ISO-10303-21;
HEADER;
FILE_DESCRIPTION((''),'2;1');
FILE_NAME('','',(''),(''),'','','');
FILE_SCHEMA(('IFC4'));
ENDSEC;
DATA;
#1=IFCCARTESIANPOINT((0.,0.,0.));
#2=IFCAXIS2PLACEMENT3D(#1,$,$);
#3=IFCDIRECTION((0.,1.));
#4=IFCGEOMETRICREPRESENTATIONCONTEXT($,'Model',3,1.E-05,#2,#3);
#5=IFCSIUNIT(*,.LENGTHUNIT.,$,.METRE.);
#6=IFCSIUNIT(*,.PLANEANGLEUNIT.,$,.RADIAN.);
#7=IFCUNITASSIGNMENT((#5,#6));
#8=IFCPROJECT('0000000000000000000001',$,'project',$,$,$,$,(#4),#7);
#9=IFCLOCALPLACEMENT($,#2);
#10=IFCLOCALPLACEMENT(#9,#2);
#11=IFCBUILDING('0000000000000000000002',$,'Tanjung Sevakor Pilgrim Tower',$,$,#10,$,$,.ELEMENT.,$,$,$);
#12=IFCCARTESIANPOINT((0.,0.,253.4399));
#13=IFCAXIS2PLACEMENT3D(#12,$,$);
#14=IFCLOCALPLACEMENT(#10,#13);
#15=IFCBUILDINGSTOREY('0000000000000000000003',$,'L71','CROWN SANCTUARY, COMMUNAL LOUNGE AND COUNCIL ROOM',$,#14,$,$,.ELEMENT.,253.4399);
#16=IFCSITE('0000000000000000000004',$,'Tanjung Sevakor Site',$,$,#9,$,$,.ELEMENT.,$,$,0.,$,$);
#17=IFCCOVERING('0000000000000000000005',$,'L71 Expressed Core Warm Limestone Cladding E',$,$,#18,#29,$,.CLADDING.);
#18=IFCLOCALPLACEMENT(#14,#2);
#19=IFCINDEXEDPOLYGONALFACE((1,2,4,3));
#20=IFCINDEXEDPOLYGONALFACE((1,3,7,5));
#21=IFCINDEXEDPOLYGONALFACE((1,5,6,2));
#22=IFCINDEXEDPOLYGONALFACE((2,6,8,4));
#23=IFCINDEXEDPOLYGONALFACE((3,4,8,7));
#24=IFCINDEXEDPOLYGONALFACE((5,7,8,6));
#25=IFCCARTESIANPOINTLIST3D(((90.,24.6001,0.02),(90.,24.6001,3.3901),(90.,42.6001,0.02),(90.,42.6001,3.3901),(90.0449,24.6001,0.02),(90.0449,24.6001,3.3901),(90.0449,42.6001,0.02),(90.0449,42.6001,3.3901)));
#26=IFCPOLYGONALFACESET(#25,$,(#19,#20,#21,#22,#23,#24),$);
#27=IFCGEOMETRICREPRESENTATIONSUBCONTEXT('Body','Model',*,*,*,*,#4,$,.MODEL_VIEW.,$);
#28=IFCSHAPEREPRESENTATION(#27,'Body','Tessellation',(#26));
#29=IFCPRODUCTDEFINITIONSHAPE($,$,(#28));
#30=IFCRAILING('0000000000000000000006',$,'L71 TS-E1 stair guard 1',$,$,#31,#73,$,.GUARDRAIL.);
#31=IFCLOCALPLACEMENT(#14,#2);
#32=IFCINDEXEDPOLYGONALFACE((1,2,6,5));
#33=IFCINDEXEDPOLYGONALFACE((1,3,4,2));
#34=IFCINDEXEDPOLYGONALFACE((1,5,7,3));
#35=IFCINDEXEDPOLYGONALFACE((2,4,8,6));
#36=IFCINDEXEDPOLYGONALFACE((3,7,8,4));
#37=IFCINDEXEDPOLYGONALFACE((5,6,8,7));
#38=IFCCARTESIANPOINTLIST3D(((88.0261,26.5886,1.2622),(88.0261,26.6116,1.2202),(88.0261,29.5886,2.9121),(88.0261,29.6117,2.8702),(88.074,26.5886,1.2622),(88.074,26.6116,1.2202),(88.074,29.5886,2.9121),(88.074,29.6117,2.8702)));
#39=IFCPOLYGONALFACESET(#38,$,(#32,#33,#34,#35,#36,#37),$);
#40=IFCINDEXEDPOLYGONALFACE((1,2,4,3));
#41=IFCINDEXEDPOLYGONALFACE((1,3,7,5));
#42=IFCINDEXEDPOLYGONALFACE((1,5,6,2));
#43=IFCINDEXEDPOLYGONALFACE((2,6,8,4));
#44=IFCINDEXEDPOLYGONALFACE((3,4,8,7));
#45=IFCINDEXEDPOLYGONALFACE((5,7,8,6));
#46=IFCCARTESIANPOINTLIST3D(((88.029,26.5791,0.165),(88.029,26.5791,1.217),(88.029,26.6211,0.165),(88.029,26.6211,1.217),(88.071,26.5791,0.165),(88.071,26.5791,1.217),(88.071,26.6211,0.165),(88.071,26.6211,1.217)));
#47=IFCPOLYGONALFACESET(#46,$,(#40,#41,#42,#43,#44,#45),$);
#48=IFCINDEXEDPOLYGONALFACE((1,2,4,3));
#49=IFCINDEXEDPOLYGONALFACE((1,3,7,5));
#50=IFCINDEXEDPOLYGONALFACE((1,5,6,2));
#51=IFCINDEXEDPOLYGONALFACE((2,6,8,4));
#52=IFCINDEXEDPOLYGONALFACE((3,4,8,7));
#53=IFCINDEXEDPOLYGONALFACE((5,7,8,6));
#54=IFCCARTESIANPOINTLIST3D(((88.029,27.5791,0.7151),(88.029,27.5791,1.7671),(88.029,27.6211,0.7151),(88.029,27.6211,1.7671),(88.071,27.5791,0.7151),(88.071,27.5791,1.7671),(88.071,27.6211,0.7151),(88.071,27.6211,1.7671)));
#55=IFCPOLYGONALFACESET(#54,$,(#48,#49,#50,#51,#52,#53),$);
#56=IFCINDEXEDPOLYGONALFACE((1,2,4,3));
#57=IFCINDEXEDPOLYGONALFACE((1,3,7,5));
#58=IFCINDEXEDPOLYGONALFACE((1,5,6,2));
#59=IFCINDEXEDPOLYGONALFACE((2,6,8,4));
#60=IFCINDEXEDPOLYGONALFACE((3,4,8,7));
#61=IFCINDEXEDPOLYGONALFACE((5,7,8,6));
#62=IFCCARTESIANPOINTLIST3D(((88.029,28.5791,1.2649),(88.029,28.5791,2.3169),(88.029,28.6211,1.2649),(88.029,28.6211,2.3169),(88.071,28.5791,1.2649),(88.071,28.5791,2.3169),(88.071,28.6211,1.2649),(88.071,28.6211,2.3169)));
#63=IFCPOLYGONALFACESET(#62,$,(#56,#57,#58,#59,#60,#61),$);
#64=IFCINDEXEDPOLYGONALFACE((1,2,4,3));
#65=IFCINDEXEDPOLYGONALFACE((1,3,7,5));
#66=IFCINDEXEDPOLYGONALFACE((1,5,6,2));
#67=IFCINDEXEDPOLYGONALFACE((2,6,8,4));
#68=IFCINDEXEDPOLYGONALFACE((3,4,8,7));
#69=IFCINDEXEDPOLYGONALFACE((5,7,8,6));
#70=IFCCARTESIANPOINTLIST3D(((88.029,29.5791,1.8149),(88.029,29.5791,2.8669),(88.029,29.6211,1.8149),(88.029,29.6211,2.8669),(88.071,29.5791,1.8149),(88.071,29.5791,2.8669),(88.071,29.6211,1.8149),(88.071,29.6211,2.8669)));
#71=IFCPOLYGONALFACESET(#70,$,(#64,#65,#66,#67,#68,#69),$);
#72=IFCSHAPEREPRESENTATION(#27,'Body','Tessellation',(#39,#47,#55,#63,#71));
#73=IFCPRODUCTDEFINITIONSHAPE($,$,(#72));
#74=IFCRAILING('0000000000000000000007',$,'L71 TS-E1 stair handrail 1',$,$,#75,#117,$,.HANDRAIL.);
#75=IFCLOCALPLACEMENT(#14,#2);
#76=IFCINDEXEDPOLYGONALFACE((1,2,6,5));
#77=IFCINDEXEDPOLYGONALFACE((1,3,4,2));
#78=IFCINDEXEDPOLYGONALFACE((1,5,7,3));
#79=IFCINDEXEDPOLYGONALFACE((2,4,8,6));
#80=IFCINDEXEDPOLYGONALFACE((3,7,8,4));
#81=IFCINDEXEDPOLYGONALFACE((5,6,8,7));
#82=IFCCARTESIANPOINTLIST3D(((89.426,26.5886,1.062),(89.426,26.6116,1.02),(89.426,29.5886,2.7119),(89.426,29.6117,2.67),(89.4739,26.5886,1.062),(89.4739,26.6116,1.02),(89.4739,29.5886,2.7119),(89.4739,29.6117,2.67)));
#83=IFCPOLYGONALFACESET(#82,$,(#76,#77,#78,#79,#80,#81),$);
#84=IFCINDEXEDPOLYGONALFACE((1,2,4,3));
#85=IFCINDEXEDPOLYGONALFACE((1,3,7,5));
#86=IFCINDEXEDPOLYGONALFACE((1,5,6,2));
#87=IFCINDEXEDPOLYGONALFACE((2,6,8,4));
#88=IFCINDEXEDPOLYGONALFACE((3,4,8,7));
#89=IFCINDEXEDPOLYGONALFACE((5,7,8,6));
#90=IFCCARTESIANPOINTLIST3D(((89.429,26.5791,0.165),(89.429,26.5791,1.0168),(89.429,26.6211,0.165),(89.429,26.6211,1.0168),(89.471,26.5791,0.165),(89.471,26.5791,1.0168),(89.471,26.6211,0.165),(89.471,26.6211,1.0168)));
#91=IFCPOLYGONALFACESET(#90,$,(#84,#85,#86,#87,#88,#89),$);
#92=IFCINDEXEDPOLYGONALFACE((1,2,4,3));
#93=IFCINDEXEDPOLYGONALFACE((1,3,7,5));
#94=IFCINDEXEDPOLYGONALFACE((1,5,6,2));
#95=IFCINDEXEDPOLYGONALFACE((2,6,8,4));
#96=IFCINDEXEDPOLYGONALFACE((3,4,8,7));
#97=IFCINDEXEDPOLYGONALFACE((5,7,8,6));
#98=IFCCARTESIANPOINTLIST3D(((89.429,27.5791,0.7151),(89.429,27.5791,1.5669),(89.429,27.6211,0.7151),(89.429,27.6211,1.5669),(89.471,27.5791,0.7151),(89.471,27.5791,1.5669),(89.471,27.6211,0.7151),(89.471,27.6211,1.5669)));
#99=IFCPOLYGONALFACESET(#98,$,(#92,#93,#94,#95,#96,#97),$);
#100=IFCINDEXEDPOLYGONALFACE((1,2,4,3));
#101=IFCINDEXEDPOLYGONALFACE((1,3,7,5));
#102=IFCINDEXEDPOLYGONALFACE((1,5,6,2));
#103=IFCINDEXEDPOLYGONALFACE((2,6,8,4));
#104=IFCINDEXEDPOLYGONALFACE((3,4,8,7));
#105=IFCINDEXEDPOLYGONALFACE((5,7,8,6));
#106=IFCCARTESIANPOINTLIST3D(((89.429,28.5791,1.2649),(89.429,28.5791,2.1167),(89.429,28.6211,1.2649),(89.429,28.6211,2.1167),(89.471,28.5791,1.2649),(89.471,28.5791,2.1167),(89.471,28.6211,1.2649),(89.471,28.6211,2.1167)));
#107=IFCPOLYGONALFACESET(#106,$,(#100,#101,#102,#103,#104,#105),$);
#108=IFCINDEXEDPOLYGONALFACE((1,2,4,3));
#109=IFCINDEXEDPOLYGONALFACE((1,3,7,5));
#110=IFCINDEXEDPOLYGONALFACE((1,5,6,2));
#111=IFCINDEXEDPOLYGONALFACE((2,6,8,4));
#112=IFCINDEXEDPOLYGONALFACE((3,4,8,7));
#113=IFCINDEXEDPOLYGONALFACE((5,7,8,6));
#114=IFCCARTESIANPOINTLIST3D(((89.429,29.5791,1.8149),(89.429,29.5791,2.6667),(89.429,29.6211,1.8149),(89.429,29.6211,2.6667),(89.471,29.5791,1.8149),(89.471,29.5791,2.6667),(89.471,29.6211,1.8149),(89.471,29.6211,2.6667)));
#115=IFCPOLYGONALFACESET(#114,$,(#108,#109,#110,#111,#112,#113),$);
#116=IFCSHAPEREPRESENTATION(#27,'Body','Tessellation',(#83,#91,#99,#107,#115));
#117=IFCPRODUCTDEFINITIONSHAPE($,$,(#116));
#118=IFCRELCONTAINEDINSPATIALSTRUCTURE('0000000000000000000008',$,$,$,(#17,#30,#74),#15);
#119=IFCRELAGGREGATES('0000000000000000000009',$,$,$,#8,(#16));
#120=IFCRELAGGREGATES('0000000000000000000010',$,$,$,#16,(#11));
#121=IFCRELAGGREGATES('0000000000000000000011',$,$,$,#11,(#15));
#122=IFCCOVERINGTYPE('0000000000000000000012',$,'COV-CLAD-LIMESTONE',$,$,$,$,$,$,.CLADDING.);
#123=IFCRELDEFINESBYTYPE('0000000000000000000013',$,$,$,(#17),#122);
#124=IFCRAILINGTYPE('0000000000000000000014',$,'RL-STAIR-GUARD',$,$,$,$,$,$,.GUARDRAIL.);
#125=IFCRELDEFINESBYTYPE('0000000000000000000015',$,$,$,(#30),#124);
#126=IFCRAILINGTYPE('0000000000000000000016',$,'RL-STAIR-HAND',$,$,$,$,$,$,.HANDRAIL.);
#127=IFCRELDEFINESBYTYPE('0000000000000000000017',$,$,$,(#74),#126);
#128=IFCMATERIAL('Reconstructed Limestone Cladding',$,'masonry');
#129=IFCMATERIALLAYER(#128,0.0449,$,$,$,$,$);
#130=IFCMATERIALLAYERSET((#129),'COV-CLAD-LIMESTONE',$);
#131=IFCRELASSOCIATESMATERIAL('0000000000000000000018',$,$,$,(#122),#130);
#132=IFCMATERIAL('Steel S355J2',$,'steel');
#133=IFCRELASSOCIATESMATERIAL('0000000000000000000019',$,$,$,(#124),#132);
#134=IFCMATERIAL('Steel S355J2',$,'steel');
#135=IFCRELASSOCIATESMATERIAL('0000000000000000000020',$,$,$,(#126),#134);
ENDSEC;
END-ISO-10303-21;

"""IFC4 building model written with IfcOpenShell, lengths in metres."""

from ifc_helpers import new_model, si_unit, direction, frame, origin, origin_2d, place, context, subcontext, project, spatial, rectangle, extrude, material, layer, layer_set, type_object, element, save


model = new_model("IFC4")

# Units and contexts
model_context = context("Model", 3, precision=1e-05, world=origin(), true_north=direction((0.0, 1.0)))
body_context = subcontext(model_context, "Body", "Model", "MODEL_VIEW")
ifc_project = project(units=[si_unit("LENGTHUNIT", "METRE"), si_unit("PLANEANGLEUNIT", "RADIAN")], contexts=[model_context])

# Site, building, storey
site_placement = place(None, origin())
site = spatial("IfcSite", under=ifc_project, at=site_placement, Name="Tanjung Sevakor Site", CompositionType="ELEMENT", RefElevation=0.0)
building_placement = place(site_placement, origin())
building = spatial("IfcBuilding", under=site, at=building_placement, Name="Tanjung Sevakor Pilgrim Tower", CompositionType="ELEMENT")
storey_placement = place(building_placement, frame((0.0, 0.0, 253.4399)))
storey = spatial("IfcBuildingStorey", under=building, at=storey_placement, Name="L71", Description="CROWN SANCTUARY, COMMUNAL LOUNGE AND COUNCIL ROOM", CompositionType="ELEMENT", Elevation=253.4399)

# Covering
ifc_material_1 = material(Name="Reconstructed Limestone Cladding", Category="masonry")
ifc_layer_1 = layer(ifc_material_1, 0.0449)
ifc_layer_set_1 = layer_set([ifc_layer_1], Name="COV-CLAD-LIMESTONE")
covering_type = type_object("IfcCoveringType", Name="COV-CLAD-LIMESTONE", PredefinedType="CLADDING", material=ifc_layer_set_1)
covering_placement = place(storey_placement, frame((90.0225, 33.6001, 0.02), z_axis=(0.0, 0.0, 1.0), x_axis=(1.0, 0.0, 0.0)))
element("IfcCovering", 1, at=covering_placement, inside=storey, type_object=covering_type, Name="L71 Expressed Core Warm Limestone Cladding E", PredefinedType="CLADDING", context=body_context, shape_type="SweptSolid", body=[
    extrude(rectangle(XDim=0.0449, YDim=18.0, at=origin_2d()), origin(), (0.0, 0.0, 1.0), 3.3701),
])

# Railings
ifc_material_2 = material(Name="Steel S355J2", Category="steel")
railing_type_1 = type_object("IfcRailingType", Name="RL-STAIR-GUARD", PredefinedType="GUARDRAIL", material=ifc_material_2)
railing_1_placement = place(storey_placement, frame((88.05, 26.6001, 0.165)))
element("IfcRailing", 2, at=railing_1_placement, inside=storey, type_object=railing_type_1, Name="L71 TS-E1 stair guard 1", PredefinedType="GUARDRAIL", context=body_context, shape_type="SweptSolid", body=[
    extrude(rectangle(XDim=0.0479, YDim=0.0479), frame((0.0, 0.0, 1.0762), z_axis=(0.0, 0.876228, 0.481897), x_axis=(-1.0, 0.0, 0.0)), (0.0, 0.0, 1.0), 3.4238),
    extrude(rectangle(XDim=0.042, YDim=0.042), origin(), (0.0, 0.0, 1.0), 1.052),
    extrude(rectangle(XDim=0.042, YDim=0.042), frame((0.0, 1.0, 0.55)), (0.0, 0.0, 1.0), 1.052),
    extrude(rectangle(XDim=0.042, YDim=0.042), frame((0.0, 2.0, 1.0999)), (0.0, 0.0, 1.0), 1.052),
    extrude(rectangle(XDim=0.042, YDim=0.042), frame((0.0, 3.0, 1.6499)), (0.0, 0.0, 1.0), 1.052),
])
ifc_material_3 = material(Name="Steel S355J2", Category="steel")
railing_type_2 = type_object("IfcRailingType", Name="RL-STAIR-HAND", PredefinedType="HANDRAIL", material=ifc_material_3)
railing_2_placement = place(storey_placement, frame((89.45, 26.6001, 0.165)))
element("IfcRailing", 3, at=railing_2_placement, inside=storey, type_object=railing_type_2, Name="L71 TS-E1 stair handrail 1", PredefinedType="HANDRAIL", context=body_context, shape_type="SweptSolid", body=[
    extrude(rectangle(XDim=0.0479, YDim=0.0479), frame((0.0, 0.0, 0.876), z_axis=(0.0, 0.876228, 0.481897), x_axis=(-1.0, 0.0, 0.0)), (0.0, 0.0, 1.0), 3.4238),
    extrude(rectangle(XDim=0.042, YDim=0.042), origin(), (0.0, 0.0, 1.0), 0.8518),
    extrude(rectangle(XDim=0.042, YDim=0.042), frame((0.0, 1.0, 0.55)), (0.0, 0.0, 1.0), 0.8518),
    extrude(rectangle(XDim=0.042, YDim=0.042), frame((0.0, 2.0, 1.0999)), (0.0, 0.0, 1.0), 0.8518),
    extrude(rectangle(XDim=0.042, YDim=0.042), frame((0.0, 3.0, 1.6499)), (0.0, 0.0, 1.0), 0.8518),
])

save(model, "model.ifc")
